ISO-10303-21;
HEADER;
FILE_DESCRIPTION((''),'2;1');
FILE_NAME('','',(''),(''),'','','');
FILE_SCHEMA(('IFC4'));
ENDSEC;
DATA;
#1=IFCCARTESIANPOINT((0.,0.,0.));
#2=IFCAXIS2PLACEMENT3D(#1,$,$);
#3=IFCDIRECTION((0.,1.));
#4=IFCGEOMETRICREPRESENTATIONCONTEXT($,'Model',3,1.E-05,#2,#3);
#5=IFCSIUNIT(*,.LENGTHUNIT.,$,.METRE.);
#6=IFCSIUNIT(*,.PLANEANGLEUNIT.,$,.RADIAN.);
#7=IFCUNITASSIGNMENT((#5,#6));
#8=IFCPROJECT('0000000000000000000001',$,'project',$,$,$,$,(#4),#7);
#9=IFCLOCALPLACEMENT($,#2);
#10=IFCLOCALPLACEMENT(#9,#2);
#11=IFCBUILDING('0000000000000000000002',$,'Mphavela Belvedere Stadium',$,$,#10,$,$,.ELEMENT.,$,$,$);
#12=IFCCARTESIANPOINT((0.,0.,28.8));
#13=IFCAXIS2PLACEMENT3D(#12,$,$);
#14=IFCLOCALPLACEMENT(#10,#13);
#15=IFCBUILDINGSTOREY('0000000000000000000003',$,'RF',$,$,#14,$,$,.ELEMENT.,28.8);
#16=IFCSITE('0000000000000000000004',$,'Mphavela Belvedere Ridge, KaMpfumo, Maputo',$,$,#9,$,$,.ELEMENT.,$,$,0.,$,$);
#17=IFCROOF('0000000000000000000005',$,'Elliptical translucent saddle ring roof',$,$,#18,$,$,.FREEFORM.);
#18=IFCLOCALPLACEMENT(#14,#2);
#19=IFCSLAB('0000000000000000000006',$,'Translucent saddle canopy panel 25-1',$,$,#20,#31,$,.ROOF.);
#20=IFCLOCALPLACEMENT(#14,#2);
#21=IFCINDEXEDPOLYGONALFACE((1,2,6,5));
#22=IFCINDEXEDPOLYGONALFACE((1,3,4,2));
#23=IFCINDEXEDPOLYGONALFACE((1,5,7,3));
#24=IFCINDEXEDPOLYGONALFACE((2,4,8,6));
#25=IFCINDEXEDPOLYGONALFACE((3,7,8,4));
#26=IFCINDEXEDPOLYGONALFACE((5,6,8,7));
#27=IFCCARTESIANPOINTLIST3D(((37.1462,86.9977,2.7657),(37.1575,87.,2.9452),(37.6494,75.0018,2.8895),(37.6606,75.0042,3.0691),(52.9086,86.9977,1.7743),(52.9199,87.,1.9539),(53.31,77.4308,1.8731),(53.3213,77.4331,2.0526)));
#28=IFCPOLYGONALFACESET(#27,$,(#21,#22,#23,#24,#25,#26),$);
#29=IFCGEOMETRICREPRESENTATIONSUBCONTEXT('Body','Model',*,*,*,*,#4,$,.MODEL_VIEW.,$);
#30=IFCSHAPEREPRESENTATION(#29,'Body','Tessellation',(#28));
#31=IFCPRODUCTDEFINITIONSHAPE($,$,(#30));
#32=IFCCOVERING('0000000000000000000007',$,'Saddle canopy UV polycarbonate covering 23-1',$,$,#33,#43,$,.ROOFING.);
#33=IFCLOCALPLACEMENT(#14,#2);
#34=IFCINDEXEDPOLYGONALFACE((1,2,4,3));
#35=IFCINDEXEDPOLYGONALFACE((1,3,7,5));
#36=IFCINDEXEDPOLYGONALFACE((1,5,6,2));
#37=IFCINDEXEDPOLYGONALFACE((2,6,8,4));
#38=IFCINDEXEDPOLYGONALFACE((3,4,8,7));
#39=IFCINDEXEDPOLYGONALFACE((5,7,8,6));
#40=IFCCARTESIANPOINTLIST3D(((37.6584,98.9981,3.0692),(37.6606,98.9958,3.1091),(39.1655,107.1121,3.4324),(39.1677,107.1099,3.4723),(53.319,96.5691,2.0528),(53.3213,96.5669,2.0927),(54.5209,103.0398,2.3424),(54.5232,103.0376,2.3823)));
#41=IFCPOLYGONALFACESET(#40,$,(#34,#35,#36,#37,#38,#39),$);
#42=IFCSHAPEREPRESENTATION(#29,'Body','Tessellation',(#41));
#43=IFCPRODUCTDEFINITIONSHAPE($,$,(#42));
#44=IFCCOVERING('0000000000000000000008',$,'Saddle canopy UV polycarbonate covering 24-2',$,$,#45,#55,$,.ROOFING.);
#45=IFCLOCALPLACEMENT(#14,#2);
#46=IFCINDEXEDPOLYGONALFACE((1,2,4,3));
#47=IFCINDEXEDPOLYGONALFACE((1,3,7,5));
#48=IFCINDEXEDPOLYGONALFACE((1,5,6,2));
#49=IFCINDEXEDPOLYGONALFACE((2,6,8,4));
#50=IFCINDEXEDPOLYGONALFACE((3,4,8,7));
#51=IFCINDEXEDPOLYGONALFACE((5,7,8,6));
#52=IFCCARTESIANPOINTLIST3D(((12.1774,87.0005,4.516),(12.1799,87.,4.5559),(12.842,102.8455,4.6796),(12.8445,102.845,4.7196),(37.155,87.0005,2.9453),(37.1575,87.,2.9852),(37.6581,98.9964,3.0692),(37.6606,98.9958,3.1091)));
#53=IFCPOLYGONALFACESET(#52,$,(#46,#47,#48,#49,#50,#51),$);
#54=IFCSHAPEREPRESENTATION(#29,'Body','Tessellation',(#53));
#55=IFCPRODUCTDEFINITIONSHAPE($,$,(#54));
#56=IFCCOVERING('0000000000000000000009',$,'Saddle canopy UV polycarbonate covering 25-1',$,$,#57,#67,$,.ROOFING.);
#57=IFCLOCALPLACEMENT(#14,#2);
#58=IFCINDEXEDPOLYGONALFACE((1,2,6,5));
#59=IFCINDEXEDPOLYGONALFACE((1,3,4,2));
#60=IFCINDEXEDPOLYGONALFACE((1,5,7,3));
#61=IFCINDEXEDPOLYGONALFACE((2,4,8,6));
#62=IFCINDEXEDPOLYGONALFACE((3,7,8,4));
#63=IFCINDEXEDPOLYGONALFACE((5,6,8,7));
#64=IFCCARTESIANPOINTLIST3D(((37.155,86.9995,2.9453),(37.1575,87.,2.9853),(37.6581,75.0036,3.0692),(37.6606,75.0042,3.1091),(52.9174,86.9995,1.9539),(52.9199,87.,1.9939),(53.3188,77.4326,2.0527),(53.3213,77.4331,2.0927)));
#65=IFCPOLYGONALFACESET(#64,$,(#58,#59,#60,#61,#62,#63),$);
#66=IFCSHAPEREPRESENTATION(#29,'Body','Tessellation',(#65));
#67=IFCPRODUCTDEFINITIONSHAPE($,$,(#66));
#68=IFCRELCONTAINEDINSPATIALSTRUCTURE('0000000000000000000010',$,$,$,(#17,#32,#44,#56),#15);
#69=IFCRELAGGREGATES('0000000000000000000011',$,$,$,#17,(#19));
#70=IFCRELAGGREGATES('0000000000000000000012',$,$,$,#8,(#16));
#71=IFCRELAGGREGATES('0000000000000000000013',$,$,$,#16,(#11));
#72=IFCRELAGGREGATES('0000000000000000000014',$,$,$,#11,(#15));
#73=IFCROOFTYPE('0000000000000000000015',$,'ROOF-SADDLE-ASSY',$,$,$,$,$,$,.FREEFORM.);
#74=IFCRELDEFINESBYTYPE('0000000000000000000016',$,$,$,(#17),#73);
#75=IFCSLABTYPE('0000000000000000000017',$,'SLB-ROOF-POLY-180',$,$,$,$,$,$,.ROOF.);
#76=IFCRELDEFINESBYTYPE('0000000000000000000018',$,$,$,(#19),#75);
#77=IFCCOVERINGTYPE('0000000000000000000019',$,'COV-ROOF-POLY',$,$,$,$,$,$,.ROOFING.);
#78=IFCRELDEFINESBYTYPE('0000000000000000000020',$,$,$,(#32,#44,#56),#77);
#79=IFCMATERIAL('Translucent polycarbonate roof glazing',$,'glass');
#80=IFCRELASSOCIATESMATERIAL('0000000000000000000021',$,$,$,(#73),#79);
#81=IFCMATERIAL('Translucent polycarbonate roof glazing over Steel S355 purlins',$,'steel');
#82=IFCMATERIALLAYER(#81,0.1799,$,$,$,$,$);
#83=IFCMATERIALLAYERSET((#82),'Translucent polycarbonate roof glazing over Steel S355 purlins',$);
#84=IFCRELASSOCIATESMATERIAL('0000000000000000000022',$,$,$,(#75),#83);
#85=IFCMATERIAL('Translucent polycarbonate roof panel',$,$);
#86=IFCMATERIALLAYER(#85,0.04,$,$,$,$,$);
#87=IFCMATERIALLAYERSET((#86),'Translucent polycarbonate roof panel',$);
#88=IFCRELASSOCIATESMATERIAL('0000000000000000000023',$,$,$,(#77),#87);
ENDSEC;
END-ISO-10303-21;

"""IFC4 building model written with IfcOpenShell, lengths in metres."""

from ifc_helpers import new_model, si_unit, direction, frame, origin, place, context, subcontext, project, spatial, polyline, outline, extrude, material, layer, layer_set, type_object, element, aggregate, save


model = new_model("IFC4")

# Units and contexts
model_context = context("Model", 3, precision=1e-05, world=origin(), true_north=direction((0.0, 1.0)))
body_context = subcontext(model_context, "Body", "Model", "MODEL_VIEW")
ifc_project = project(units=[si_unit("LENGTHUNIT", "METRE"), si_unit("PLANEANGLEUNIT", "RADIAN")], contexts=[model_context])

# Site, building, storey
site_placement = place(None, origin())
site = spatial("IfcSite", under=ifc_project, at=site_placement, Name="Mphavela Belvedere Ridge, KaMpfumo, Maputo", CompositionType="ELEMENT", RefElevation=0.0)
building_placement = place(site_placement, origin())
building = spatial("IfcBuilding", under=site, at=building_placement, Name="Mphavela Belvedere Stadium", CompositionType="ELEMENT")
storey_placement = place(building_placement, frame((0.0, 0.0, 28.8)))
storey = spatial("IfcBuildingStorey", under=building, at=storey_placement, Name="RF", CompositionType="ELEMENT", Elevation=28.8)

# Roof, slab
ifc_material_1 = material(Name="Translucent polycarbonate roof glazing", Category="glass")
roof_type = type_object("IfcRoofType", Name="ROOF-SADDLE-ASSY", PredefinedType="FREEFORM", material=ifc_material_1)
roof_placement = place(storey_placement, origin())
roof = element("IfcRoof", 1, at=roof_placement, inside=storey, type_object=roof_type, Name="Elliptical translucent saddle ring roof", PredefinedType="FREEFORM")
ifc_material_2 = material(Name="Translucent polycarbonate roof glazing over Steel S355 purlins", Category="steel")
ifc_layer_1 = layer(ifc_material_2, 0.1799)
ifc_layer_set_1 = layer_set([ifc_layer_1], Name="Translucent polycarbonate roof glazing over Steel S355 purlins")
slab_type = type_object("IfcSlabType", Name="SLB-ROOF-POLY-180", PredefinedType="ROOF", material=ifc_layer_set_1)
slab_1_placement = place(storey_placement, frame((52.9199, 87.0, 1.9539), z_axis=(0.062765, 0.012938, 0.997944), x_axis=(0.041914, -0.999068, 0.010316)))
slab_1 = element("IfcSlab", 2, at=slab_1_placement, type_object=slab_type, Name="Translucent saddle canopy panel 25-1", PredefinedType="ROOF", context=body_context, shape_type="SweptSolid", body=[
    extrude(outline(polyline([(0.0, 0.0), (9.5758, 0.0), (11.3566, -15.7803), (-0.6504, -15.7802), (0.0, 0.0)])), origin(), (0.0, 0.0, -1.0), 0.1799),
])
aggregate(roof, [slab_1])

# Coverings
ifc_material_3 = material(Name="Translucent polycarbonate roof panel")
ifc_layer_2 = layer(ifc_material_3, 0.04)
ifc_layer_set_2 = layer_set([ifc_layer_2], Name="Translucent polycarbonate roof panel")
covering_type = type_object("IfcCoveringType", Name="COV-ROOF-POLY", PredefinedType="ROOFING", material=ifc_layer_set_2)
covering_1_placement = place(storey_placement, frame((54.5232, 103.0376, 2.3823), z_axis=(0.056164, -0.055055, 0.996902), x_axis=(-0.182444, -0.982233, -0.043966)))
element("IfcCovering", 3, at=covering_1_placement, inside=storey, type_object=covering_type, Name="Saddle canopy UV polycarbonate covering 23-1", PredefinedType="ROOFING", context=body_context, shape_type="SweptSolid", body=[
    extrude(outline(polyline([(0.0, 0.0), (6.5878, 0.0), (7.0144, -15.8747), (-1.2463, -15.8748), (0.0, 0.0)])), origin(), (0.0, 0.0, -1.0), 0.04),
])
covering_2_placement = place(storey_placement, frame((37.6606, 98.9958, 3.1091), z_axis=(0.062755, -0.012941, 0.997945), x_axis=(-0.041906, -0.999068, -0.01032)))
element("IfcCovering", 4, at=covering_2_placement, inside=storey, type_object=covering_type, Name="Saddle canopy UV polycarbonate covering 24-2", PredefinedType="ROOFING", context=body_context, shape_type="SweptSolid", body=[
    extrude(outline(polyline([(0.0, 0.0), (12.007, 0.0), (13.0375, -25.0057), (-2.8222, -25.0057), (0.0, 0.0)])), origin(), (0.0, 0.0, -1.0), 0.04),
])
covering_3_placement = place(storey_placement, frame((52.9199, 87.0, 1.9939), z_axis=(0.062765, 0.012938, 0.997944), x_axis=(0.041916, -0.999068, 0.010316)))
element("IfcCovering", 5, at=covering_3_placement, inside=storey, type_object=covering_type, Name="Saddle canopy UV polycarbonate covering 25-1", PredefinedType="ROOFING", context=body_context, shape_type="SweptSolid", body=[
    extrude(outline(polyline([(0.0, 0.0), (9.5758, 0.0), (11.3566, -15.7803), (-0.6505, -15.7802), (0.0, 0.0)])), origin(), (0.0, 0.0, -1.0), 0.04),
])

save(model, "model.ifc")
